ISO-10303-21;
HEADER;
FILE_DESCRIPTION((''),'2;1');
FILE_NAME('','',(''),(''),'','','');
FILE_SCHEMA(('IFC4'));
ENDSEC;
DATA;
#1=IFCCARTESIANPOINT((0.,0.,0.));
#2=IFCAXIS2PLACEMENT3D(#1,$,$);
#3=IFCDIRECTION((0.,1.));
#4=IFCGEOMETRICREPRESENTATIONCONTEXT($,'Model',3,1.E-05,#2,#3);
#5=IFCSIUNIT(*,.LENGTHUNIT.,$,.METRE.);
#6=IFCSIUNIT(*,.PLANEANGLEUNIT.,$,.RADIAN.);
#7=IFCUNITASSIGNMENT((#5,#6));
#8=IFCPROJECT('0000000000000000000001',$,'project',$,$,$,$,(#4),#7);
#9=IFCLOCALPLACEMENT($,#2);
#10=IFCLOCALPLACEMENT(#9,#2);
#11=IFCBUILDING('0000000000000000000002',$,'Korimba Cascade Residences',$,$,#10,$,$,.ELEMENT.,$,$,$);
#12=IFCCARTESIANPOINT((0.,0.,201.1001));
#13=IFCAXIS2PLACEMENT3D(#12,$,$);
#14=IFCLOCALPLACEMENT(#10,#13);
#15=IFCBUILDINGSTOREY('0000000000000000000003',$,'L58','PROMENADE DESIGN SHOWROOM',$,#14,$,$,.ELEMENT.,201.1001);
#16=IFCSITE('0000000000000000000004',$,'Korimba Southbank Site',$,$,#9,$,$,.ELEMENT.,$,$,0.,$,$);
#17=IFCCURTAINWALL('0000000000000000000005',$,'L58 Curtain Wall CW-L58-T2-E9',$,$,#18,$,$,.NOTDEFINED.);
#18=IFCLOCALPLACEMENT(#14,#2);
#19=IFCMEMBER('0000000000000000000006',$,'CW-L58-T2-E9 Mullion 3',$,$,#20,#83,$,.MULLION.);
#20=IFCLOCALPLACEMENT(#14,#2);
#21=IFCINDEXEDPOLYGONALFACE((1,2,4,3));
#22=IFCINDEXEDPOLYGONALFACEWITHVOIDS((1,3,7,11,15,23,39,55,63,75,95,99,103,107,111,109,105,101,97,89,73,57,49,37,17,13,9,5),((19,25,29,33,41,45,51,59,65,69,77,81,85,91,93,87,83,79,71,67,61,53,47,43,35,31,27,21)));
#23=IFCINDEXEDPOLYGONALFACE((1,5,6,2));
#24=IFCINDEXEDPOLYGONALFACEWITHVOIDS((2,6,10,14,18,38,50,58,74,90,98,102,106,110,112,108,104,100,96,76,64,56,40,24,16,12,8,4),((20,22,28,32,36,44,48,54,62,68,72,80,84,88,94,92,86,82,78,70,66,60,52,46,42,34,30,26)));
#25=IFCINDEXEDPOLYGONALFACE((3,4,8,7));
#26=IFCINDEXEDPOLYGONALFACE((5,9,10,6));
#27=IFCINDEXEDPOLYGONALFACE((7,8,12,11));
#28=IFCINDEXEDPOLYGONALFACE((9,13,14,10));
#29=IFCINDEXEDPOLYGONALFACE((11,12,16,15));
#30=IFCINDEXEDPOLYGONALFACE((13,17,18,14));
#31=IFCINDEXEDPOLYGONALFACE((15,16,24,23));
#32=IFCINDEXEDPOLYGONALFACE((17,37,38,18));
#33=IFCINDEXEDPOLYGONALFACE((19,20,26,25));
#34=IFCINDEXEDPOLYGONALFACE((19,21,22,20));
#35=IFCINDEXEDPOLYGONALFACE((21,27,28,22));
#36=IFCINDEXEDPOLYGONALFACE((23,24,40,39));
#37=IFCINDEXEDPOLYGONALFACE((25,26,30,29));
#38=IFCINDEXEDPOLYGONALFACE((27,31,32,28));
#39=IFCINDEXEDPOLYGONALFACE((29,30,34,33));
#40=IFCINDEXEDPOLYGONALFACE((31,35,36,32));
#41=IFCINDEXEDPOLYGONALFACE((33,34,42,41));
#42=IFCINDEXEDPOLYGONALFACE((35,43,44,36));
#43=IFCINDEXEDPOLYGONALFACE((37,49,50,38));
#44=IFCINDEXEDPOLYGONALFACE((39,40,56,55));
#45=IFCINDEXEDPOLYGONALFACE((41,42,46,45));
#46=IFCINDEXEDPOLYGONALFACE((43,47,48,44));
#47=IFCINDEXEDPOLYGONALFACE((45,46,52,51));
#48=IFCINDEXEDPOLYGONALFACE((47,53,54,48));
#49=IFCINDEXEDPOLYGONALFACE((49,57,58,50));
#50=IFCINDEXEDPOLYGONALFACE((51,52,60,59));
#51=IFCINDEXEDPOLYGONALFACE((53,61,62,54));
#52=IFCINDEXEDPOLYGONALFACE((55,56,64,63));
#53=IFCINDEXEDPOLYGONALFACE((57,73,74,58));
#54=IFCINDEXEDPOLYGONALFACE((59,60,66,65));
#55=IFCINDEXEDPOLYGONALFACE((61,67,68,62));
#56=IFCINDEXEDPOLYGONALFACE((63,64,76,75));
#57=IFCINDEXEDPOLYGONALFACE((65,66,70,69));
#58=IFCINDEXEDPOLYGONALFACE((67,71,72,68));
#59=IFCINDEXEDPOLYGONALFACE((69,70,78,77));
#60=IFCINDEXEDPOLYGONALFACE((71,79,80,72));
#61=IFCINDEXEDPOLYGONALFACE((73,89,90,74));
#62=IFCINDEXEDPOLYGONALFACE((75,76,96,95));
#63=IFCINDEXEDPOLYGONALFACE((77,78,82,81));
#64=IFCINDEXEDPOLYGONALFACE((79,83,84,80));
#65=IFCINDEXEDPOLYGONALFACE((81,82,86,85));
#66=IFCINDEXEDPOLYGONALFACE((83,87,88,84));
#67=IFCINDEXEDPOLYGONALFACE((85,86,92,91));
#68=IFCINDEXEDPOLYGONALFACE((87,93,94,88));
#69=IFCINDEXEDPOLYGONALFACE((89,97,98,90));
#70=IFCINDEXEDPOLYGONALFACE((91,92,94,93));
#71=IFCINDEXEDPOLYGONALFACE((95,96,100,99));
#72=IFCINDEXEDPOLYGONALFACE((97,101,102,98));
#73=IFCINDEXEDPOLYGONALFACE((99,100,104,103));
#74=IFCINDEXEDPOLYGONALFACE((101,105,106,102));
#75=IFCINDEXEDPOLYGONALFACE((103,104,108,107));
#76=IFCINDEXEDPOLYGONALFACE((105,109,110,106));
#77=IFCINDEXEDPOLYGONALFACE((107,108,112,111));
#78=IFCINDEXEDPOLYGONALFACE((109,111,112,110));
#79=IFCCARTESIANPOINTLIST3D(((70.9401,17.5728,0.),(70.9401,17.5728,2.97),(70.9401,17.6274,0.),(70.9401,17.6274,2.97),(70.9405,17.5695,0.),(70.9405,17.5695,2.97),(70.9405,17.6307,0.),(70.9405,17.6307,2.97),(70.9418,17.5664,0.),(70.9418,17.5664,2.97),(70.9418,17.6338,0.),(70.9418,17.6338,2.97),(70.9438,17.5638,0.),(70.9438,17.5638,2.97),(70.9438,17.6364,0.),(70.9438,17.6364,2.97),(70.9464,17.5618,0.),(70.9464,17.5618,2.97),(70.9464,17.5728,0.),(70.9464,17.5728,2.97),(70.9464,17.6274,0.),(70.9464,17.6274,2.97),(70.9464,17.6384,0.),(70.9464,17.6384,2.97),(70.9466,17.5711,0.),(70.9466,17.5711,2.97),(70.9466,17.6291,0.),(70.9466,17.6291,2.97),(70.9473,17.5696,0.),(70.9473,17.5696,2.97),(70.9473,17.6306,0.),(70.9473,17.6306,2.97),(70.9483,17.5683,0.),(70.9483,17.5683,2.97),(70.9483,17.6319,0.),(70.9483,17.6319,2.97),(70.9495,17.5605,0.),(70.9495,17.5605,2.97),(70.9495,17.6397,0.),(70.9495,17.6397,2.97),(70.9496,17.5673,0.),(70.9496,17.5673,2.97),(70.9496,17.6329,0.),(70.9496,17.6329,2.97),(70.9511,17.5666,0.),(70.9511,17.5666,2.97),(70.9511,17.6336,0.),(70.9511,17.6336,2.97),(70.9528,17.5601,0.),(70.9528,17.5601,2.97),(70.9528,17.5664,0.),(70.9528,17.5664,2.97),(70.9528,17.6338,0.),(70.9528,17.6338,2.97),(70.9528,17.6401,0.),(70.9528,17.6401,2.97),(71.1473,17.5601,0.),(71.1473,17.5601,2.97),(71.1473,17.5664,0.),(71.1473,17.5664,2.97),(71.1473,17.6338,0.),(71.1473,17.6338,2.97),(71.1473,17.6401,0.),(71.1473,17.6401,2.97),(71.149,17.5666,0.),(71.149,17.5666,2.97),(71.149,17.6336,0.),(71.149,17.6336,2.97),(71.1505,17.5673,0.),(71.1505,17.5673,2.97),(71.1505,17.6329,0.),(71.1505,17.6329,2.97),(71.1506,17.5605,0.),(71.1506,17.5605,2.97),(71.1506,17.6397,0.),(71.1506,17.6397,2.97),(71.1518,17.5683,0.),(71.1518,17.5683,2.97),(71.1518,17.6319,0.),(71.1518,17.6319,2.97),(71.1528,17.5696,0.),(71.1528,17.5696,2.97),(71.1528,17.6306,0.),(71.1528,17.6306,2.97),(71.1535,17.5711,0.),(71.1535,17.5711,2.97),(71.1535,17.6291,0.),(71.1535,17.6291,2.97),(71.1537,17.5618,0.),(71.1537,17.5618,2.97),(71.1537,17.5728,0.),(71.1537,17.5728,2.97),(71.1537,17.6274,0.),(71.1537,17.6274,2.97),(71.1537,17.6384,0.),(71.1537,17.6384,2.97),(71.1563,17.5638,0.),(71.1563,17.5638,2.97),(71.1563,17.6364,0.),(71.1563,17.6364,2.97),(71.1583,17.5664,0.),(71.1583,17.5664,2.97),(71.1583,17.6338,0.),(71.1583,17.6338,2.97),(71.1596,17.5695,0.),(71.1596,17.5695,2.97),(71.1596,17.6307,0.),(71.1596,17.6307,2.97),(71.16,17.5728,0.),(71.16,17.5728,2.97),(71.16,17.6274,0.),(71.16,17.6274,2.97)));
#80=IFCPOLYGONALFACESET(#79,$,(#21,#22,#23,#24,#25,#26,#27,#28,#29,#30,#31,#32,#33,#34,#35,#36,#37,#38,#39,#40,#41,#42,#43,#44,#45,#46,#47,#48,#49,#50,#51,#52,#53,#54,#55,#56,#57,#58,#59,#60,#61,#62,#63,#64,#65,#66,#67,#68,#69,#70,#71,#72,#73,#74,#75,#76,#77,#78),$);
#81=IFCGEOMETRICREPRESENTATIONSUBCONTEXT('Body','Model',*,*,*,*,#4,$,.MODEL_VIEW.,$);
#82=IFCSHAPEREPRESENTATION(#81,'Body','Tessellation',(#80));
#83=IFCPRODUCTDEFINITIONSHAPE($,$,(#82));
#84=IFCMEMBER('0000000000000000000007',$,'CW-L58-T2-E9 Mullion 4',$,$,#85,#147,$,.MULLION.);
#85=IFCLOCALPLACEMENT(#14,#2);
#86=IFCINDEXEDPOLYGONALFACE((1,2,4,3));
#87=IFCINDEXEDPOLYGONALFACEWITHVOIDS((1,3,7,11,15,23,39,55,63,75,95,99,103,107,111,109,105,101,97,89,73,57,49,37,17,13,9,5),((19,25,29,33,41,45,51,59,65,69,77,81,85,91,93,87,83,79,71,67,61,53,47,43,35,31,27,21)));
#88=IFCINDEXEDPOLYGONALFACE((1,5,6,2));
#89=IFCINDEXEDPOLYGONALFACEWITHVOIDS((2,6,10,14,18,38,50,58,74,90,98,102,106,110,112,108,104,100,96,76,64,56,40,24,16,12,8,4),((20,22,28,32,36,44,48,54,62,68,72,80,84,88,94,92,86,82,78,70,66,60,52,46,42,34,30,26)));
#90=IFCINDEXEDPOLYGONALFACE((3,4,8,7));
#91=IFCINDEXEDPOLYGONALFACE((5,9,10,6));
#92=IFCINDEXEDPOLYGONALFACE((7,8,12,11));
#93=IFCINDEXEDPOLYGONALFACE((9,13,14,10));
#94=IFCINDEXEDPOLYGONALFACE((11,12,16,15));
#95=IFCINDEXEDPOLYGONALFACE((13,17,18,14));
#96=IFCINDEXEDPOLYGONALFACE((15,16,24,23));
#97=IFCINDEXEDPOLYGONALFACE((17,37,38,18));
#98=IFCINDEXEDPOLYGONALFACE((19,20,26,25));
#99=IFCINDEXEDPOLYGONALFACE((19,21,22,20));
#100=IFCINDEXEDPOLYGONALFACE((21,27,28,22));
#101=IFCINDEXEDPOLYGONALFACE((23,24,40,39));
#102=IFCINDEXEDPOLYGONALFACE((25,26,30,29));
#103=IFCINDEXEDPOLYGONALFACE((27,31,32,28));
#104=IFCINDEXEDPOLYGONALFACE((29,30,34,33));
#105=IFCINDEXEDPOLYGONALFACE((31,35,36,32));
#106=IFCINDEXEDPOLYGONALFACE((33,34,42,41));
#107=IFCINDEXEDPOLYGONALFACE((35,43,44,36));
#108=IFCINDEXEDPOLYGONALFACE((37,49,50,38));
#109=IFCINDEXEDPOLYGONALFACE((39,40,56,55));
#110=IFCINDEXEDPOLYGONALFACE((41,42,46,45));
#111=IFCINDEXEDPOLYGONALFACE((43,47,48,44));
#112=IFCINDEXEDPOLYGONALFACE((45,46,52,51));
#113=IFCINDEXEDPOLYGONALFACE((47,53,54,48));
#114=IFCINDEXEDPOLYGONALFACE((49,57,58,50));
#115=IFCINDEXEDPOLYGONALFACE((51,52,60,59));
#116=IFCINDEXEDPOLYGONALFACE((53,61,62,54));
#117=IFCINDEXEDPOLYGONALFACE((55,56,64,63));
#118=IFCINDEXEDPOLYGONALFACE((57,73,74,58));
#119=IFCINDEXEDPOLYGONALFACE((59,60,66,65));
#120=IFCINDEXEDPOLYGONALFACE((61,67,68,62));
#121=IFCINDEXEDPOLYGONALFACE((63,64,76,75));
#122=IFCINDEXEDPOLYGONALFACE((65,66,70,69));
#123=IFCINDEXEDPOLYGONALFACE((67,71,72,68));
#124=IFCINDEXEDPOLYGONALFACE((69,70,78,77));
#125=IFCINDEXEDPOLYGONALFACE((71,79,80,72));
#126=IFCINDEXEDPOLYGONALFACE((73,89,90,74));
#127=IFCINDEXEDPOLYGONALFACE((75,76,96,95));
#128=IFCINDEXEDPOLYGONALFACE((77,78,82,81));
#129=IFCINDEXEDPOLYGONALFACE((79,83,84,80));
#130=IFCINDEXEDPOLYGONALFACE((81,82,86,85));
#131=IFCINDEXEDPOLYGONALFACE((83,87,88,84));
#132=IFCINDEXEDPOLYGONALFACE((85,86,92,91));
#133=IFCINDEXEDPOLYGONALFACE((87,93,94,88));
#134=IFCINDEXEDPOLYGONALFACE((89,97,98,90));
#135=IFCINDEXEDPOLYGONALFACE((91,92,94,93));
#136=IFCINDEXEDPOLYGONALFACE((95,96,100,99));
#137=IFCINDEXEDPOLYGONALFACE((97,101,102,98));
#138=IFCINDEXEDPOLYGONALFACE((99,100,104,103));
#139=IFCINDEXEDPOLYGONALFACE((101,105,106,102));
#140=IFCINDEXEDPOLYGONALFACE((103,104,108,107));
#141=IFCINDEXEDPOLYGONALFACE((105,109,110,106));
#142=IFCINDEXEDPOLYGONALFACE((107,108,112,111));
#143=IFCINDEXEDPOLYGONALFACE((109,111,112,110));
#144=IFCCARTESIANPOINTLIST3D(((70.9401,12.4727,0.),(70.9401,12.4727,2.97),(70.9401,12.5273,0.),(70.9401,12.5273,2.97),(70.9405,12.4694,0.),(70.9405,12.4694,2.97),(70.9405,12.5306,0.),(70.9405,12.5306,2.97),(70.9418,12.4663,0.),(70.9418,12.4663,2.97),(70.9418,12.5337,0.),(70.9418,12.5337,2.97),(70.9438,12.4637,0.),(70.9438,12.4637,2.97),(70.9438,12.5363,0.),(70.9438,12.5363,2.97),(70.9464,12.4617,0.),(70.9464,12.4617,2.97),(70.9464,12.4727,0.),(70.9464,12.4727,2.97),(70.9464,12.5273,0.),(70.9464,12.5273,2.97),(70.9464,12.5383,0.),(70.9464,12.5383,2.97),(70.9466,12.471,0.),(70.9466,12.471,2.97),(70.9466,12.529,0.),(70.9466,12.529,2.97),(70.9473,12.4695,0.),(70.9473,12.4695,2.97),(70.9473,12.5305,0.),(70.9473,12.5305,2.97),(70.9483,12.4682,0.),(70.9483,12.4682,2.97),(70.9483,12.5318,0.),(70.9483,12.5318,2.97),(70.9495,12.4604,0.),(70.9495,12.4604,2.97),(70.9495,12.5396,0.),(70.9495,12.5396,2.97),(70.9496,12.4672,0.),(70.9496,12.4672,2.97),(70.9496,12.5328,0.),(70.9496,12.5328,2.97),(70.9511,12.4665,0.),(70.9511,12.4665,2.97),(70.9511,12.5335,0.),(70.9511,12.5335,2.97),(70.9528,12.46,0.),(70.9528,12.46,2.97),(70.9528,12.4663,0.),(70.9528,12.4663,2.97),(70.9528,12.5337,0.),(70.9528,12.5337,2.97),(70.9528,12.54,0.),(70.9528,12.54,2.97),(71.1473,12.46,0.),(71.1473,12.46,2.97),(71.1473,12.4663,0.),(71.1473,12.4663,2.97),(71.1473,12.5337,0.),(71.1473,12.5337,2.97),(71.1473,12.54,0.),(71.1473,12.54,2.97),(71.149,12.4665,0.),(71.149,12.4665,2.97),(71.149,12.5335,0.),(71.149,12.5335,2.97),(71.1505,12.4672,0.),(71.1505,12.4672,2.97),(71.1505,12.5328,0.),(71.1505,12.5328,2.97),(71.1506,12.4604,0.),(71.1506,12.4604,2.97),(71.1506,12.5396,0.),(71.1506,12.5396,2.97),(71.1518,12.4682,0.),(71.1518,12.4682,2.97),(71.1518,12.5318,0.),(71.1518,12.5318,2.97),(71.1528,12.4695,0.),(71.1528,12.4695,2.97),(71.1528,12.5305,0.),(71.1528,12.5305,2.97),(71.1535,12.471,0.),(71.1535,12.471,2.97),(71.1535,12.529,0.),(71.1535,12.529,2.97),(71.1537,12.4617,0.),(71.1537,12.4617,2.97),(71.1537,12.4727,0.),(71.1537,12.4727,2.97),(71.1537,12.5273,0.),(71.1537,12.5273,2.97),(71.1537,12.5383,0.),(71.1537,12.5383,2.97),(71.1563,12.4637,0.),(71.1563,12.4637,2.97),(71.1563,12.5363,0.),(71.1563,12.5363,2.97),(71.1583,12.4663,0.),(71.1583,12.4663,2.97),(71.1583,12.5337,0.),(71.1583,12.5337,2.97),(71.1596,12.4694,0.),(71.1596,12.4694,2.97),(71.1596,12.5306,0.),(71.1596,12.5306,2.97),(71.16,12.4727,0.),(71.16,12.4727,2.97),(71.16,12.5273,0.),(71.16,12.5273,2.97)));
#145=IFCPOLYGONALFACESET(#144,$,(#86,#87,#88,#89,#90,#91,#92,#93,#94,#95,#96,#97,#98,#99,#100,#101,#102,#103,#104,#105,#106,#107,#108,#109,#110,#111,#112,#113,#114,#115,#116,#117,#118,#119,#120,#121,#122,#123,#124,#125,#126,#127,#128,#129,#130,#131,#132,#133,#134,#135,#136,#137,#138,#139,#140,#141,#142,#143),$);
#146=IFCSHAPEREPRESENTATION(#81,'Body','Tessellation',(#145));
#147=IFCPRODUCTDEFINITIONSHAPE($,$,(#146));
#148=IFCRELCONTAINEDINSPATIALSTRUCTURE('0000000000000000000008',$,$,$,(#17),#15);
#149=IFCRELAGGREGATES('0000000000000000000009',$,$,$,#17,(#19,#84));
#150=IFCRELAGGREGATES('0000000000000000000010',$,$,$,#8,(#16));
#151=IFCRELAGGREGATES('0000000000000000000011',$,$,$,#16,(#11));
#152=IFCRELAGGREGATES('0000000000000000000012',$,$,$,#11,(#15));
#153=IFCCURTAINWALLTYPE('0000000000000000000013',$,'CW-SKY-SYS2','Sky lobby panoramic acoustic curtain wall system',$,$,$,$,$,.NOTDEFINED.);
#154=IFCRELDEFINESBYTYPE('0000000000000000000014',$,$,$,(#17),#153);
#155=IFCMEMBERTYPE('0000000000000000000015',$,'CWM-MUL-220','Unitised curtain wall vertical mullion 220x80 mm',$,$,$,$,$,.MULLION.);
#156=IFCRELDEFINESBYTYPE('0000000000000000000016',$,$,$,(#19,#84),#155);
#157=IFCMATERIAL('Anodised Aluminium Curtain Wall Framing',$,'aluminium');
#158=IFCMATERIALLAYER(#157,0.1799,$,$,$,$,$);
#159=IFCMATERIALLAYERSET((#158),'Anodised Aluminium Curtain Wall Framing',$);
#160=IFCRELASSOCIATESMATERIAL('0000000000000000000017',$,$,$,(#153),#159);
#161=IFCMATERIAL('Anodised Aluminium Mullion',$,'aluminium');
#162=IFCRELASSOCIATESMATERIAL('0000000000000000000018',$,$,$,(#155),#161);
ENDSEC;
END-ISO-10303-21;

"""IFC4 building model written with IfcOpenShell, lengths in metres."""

from ifc_helpers import new_model, si_unit, direction, frame, origin, origin_2d, place, context, subcontext, project, spatial, hollow_rectangle, extrude, material, layer, layer_set, material_profile, profile_set, type_object, element, aggregate, save


model = new_model("IFC4")

# Units and contexts
model_context = context("Model", 3, precision=1e-05, world=origin(), true_north=direction((0.0, 1.0)))
body_context = subcontext(model_context, "Body", "Model", "MODEL_VIEW")
ifc_project = project(units=[si_unit("LENGTHUNIT", "METRE"), si_unit("PLANEANGLEUNIT", "RADIAN")], contexts=[model_context])

# Site, building, storey
site_placement = place(None, origin())
site = spatial("IfcSite", under=ifc_project, at=site_placement, Name="Korimba Southbank Site", CompositionType="ELEMENT", RefElevation=0.0)
building_placement = place(site_placement, origin())
building = spatial("IfcBuilding", under=site, at=building_placement, Name="Korimba Cascade Residences", CompositionType="ELEMENT")
storey_placement = place(building_placement, frame((0.0, 0.0, 201.1001)))
storey = spatial("IfcBuildingStorey", under=building, at=storey_placement, Name="L58", Description="PROMENADE DESIGN SHOWROOM", CompositionType="ELEMENT", Elevation=201.1001)

# Curtain wall, members
ifc_material_1 = material(Name="Anodised Aluminium Curtain Wall Framing", Category="aluminium")
ifc_layer_1 = layer(ifc_material_1, 0.1799)
ifc_layer_set_1 = layer_set([ifc_layer_1], Name="Anodised Aluminium Curtain Wall Framing")
curtain_wall_type = type_object("IfcCurtainWallType", Name="CW-SKY-SYS2", Description="Sky lobby panoramic acoustic curtain wall system", PredefinedType="NOTDEFINED", material=ifc_layer_set_1)
curtain_wall_placement = place(storey_placement, origin())
curtain_wall = element("IfcCurtainWall", 1, at=curtain_wall_placement, inside=storey, type_object=curtain_wall_type, Name="L58 Curtain Wall CW-L58-T2-E9", PredefinedType="NOTDEFINED")
ifc_material_2 = material(Name="Anodised Aluminium Mullion", Category="aluminium")
ifc_material_profile_1 = material_profile(ifc_material_2, hollow_rectangle(XDim=0.0801, YDim=0.22, WallThickness=0.0063, InnerFilletRadius=0.0063, OuterFilletRadius=0.0127, at=origin_2d()), Name="Anodised Aluminium Mullion")
ifc_profile_set_1 = profile_set([ifc_material_profile_1], Name="Anodised Aluminium Mullion")
member_type_1 = type_object("IfcMemberType", Name="CWM-MUL-220", Description="Unitised curtain wall vertical mullion 220x80 mm", PredefinedType="MULLION", material=ifc_profile_set_1)
member_1_placement = place(storey_placement, frame((71.05, 17.6001, 0.0), z_axis=(0.0, 0.0, 1.0), x_axis=(0.0, -1.0, 0.0)))
member_1 = element("IfcMember", 2, at=member_1_placement, type_object=member_type_1, Name="CW-L58-T2-E9 Mullion 3", PredefinedType="MULLION", context=body_context, shape_type="SweptSolid", body=[
    extrude(hollow_rectangle(XDim=0.0801, YDim=0.22, WallThickness=0.0063, InnerFilletRadius=0.0063, OuterFilletRadius=0.0127, at=origin_2d()), origin(), (0.0, 0.0, 1.0), 2.97),
])
member_2_placement = place(storey_placement, frame((71.05, 12.5, 0.0), z_axis=(0.0, 0.0, 1.0), x_axis=(0.0, -1.0, 0.0)))
member_2 = element("IfcMember", 3, at=member_2_placement, type_object=member_type_1, Name="CW-L58-T2-E9 Mullion 4", PredefinedType="MULLION", context=body_context, shape_type="SweptSolid", body=[
    extrude(hollow_rectangle(XDim=0.0801, YDim=0.22, WallThickness=0.0063, InnerFilletRadius=0.0063, OuterFilletRadius=0.0127, at=origin_2d()), origin(), (0.0, 0.0, 1.0), 2.97),
])
aggregate(curtain_wall, [member_1, member_2])

save(model, "model.ifc")
